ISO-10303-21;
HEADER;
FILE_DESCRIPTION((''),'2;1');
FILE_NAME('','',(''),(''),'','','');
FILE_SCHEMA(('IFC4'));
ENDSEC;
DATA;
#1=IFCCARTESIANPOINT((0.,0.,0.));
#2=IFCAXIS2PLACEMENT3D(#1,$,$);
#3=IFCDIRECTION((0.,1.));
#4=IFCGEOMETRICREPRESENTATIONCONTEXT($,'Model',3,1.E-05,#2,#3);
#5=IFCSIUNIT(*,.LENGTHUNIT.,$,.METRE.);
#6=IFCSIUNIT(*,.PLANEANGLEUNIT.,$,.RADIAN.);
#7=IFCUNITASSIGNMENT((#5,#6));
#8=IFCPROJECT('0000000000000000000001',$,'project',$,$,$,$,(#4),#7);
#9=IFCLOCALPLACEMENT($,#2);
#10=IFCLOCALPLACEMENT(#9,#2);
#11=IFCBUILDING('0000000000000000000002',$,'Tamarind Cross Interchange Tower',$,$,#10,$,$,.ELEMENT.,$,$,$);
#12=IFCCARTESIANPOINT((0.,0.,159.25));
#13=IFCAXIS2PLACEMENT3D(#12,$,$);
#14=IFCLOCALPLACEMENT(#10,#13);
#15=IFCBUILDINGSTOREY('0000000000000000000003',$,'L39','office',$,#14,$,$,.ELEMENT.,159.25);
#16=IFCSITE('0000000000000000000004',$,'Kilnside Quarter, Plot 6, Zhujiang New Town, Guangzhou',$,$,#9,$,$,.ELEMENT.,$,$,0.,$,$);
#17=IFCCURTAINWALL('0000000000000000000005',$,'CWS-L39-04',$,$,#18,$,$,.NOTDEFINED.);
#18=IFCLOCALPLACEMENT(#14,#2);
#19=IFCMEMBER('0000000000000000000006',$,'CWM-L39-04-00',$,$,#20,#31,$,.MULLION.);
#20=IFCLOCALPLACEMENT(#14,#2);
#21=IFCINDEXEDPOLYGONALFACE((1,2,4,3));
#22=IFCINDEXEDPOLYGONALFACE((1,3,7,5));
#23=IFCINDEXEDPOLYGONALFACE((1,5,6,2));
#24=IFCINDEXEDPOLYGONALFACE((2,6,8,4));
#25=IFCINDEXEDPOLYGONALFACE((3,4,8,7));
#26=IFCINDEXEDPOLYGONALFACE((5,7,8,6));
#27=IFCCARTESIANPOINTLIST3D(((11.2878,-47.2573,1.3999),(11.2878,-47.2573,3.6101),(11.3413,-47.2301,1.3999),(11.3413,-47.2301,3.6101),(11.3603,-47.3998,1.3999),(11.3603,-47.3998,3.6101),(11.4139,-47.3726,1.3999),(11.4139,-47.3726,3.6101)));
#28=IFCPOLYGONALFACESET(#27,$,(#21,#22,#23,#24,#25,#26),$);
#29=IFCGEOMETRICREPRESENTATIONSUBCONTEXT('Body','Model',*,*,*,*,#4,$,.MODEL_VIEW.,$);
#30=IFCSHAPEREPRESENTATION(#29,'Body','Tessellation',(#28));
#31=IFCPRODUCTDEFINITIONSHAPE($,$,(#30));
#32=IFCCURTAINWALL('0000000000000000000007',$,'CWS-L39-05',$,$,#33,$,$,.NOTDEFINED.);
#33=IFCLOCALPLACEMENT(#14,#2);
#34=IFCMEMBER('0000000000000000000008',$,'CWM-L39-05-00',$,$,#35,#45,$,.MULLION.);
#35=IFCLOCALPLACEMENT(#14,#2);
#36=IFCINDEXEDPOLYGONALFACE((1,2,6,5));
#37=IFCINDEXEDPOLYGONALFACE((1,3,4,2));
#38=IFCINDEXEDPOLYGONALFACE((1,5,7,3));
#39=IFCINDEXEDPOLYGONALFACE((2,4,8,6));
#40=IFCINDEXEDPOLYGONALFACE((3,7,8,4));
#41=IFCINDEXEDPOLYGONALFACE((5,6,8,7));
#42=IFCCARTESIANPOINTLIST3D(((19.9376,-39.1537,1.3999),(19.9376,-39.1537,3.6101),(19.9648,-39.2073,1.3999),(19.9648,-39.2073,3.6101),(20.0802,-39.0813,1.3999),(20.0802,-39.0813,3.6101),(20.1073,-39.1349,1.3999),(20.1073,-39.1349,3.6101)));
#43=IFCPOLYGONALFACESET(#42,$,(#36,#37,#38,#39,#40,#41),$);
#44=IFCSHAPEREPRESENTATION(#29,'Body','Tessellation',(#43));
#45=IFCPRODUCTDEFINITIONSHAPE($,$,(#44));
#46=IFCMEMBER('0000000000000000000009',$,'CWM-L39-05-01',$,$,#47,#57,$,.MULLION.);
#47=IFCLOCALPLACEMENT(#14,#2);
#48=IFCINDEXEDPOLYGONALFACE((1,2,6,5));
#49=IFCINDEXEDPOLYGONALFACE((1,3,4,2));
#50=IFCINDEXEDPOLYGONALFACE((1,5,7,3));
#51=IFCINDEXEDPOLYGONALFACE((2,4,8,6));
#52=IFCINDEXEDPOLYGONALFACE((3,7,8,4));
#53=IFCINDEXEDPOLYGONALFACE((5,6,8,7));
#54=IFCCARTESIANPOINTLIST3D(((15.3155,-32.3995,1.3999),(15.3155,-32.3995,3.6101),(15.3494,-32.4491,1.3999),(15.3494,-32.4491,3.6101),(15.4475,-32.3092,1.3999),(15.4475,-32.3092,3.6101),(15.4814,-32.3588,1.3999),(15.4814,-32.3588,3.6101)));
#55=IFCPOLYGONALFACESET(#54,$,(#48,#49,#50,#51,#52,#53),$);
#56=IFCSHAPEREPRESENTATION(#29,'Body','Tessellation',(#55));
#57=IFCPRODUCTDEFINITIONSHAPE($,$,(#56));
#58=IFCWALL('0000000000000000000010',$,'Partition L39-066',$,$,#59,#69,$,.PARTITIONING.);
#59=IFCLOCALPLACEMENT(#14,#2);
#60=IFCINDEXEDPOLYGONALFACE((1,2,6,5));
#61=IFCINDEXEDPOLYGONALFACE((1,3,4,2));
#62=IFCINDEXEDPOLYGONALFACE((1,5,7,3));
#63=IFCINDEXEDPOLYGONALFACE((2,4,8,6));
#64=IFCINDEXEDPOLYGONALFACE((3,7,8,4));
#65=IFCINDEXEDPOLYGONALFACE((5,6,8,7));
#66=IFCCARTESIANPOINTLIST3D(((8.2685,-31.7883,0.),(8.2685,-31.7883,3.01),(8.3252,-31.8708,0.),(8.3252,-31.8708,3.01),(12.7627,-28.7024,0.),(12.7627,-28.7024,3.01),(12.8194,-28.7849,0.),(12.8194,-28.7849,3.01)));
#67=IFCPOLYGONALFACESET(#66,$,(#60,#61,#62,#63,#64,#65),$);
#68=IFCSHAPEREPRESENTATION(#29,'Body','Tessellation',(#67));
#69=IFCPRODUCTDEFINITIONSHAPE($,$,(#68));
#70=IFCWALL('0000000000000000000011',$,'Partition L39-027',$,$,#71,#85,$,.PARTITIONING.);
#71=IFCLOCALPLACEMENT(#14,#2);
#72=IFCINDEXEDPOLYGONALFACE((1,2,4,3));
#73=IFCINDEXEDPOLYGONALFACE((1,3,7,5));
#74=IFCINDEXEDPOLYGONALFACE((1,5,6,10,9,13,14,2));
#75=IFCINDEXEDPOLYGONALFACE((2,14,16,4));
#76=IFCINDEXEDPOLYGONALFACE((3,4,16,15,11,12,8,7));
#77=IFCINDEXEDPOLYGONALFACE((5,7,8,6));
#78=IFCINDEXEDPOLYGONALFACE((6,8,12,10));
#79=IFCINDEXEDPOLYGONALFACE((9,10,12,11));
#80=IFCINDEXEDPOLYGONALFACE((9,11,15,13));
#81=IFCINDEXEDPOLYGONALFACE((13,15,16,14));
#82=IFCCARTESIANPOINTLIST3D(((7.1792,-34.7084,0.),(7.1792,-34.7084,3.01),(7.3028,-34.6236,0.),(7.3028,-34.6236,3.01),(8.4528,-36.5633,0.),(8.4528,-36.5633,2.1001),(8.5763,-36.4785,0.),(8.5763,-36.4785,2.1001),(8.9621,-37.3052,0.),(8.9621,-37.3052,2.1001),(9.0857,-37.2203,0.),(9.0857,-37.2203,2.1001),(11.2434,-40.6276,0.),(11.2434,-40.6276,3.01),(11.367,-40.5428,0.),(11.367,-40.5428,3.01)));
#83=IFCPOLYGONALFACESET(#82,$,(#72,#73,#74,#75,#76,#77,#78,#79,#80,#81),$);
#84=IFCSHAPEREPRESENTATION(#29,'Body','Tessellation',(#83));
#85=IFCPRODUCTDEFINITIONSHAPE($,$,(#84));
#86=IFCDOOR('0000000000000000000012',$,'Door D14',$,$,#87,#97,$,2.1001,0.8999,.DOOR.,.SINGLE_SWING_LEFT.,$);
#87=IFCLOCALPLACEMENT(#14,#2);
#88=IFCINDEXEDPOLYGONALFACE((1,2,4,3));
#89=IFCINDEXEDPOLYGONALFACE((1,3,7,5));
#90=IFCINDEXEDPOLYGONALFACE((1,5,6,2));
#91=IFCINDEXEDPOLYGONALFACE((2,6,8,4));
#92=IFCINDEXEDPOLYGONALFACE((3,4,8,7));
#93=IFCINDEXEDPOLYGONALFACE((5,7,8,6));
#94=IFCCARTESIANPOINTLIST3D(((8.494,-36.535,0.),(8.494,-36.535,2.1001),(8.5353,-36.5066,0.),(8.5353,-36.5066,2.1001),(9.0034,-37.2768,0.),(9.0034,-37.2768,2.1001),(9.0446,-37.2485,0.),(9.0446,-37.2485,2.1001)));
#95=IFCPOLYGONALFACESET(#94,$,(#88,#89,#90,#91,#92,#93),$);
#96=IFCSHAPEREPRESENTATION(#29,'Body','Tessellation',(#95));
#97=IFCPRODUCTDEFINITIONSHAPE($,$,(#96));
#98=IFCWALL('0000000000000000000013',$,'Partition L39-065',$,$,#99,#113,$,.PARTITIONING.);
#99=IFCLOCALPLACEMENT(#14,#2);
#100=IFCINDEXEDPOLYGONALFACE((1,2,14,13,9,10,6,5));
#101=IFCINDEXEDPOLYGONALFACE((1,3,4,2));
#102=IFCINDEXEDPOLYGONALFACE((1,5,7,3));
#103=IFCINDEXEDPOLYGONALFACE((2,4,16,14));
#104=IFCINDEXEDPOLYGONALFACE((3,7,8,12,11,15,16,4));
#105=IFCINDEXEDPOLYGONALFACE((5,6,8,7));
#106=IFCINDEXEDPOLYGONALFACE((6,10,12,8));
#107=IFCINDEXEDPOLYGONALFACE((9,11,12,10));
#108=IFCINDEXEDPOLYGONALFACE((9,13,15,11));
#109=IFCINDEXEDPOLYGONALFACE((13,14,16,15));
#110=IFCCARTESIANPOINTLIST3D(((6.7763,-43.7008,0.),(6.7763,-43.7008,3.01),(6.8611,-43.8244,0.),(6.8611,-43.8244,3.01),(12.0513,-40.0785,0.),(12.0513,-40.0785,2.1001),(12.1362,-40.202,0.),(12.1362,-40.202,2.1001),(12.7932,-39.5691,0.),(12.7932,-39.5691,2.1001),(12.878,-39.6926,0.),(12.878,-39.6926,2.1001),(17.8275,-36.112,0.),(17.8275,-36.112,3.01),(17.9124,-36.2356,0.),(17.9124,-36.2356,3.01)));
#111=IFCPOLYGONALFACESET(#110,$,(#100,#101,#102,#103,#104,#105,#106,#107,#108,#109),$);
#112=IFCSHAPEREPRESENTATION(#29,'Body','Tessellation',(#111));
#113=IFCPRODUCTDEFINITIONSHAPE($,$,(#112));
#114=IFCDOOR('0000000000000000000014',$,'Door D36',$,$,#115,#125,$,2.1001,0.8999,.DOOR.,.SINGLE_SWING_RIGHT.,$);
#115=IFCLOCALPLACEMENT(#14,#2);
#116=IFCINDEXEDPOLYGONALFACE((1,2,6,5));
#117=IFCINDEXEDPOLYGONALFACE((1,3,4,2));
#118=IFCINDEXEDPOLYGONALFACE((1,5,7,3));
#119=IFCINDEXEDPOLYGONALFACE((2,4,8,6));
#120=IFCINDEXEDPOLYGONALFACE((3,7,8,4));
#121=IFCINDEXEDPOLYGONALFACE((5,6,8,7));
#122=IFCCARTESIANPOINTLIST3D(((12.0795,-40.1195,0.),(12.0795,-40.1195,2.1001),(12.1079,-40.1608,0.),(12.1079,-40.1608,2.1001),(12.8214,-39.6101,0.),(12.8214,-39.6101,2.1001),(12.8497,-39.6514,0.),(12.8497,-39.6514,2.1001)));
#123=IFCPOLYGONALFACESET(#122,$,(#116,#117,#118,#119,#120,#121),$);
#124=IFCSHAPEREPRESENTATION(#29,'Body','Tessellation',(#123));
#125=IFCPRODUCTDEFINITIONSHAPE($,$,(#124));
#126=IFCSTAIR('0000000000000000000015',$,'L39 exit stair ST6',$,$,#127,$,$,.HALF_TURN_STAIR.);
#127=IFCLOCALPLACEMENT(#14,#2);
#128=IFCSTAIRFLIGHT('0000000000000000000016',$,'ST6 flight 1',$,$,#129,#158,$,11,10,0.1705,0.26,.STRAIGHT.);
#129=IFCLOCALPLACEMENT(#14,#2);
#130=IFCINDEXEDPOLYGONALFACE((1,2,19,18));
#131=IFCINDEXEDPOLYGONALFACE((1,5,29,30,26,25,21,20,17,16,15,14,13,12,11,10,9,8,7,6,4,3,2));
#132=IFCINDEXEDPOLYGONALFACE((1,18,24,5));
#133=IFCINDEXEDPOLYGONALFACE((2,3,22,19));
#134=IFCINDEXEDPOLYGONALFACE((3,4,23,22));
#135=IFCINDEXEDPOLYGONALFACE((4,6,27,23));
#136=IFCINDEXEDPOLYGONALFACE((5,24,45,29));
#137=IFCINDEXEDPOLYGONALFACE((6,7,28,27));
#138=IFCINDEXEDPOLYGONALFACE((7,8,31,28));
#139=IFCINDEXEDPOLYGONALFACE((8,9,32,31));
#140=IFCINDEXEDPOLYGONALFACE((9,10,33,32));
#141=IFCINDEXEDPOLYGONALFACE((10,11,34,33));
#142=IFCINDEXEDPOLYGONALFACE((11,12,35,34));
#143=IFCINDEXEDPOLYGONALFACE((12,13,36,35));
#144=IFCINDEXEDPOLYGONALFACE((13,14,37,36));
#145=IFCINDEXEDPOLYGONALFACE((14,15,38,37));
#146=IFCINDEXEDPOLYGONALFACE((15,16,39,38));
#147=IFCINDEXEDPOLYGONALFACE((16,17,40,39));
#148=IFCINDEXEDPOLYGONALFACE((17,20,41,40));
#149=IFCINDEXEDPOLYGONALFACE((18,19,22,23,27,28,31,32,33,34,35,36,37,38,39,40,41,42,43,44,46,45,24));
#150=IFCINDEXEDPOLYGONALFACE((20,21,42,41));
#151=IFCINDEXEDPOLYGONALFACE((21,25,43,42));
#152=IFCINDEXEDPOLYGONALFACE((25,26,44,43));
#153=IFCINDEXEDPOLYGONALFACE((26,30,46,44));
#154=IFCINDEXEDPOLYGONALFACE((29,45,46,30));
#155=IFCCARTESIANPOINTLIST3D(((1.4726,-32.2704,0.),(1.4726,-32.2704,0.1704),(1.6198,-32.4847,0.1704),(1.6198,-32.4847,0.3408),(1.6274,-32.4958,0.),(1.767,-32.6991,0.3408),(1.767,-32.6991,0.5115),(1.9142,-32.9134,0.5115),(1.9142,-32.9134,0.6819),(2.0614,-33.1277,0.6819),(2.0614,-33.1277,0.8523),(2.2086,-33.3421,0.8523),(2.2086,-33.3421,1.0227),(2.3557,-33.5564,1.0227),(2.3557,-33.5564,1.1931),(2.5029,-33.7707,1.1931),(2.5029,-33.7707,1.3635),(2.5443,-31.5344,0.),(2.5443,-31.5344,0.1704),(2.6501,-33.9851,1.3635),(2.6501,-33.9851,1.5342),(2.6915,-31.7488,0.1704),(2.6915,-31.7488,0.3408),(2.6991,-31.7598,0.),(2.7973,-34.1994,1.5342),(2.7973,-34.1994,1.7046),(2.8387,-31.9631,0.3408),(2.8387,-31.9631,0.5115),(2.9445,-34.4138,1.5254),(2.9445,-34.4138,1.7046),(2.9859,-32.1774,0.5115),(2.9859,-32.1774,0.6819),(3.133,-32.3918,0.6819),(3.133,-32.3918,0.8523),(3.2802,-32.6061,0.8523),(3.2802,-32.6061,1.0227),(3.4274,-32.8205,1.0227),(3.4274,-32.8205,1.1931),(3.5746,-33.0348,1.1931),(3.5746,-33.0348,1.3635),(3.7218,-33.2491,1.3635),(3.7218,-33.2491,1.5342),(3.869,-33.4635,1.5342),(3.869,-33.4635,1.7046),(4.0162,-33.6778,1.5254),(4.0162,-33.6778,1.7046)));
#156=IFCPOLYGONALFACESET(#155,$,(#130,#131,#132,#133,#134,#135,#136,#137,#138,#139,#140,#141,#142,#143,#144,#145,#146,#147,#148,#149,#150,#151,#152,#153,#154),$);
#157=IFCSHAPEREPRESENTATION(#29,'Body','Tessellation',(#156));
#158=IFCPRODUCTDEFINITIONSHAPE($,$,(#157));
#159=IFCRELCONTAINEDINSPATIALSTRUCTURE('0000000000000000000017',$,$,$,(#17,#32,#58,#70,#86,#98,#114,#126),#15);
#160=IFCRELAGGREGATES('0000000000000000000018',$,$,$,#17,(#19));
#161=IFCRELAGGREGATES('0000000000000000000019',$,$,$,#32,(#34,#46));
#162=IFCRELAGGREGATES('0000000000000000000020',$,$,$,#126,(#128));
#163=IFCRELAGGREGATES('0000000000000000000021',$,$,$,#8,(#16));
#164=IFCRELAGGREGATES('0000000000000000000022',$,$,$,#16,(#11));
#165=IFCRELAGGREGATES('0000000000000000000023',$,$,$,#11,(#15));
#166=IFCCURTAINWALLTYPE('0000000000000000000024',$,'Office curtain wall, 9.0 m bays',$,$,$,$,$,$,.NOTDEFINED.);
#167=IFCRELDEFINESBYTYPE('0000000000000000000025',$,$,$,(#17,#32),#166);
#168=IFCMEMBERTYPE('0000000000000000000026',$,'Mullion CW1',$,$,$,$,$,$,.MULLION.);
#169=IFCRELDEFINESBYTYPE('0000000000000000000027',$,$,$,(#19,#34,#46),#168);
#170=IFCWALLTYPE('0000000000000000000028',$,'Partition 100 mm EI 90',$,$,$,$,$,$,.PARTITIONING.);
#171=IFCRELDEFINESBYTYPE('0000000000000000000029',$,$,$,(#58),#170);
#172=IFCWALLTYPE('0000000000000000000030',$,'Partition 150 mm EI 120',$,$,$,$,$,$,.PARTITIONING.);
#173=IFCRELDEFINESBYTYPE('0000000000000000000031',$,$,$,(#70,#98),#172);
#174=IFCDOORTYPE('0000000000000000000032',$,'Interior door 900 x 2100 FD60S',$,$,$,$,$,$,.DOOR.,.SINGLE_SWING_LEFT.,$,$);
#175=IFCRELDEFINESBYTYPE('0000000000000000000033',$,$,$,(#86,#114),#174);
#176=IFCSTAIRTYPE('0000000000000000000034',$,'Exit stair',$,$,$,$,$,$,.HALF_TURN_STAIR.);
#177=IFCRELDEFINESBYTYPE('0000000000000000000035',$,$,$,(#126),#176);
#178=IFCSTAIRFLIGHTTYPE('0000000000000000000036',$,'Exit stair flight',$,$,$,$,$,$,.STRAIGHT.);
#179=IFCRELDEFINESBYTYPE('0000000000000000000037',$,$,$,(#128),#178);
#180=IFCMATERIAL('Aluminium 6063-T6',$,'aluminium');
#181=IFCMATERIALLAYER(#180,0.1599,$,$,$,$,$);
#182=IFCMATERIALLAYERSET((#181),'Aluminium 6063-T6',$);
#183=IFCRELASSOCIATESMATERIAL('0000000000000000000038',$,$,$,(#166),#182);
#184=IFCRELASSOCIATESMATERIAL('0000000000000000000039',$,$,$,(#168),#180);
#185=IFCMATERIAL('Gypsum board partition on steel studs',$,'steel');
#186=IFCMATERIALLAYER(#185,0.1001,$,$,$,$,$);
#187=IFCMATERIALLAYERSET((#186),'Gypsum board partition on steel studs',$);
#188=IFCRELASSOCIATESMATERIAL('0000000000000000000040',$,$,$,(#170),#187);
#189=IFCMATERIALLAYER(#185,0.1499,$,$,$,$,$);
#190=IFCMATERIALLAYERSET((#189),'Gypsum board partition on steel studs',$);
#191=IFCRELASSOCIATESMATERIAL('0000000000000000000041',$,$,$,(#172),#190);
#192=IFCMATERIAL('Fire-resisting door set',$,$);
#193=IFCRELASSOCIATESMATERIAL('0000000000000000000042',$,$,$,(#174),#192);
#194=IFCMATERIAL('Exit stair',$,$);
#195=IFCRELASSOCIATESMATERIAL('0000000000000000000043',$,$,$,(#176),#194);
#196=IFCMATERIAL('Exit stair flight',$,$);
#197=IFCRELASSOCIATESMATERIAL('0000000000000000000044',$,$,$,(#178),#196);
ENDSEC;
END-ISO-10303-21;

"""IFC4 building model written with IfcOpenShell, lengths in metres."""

from ifc_helpers import new_model, si_unit, direction, frame, frame_2d, origin, origin_2d, place, context, subcontext, project, spatial, polyline, rectangle, outline, extrude, material, layer, layer_set, material_profile, profile_set, type_object, element, fill, aggregate, save


model = new_model("IFC4")

# Units and contexts
model_context = context("Model", 3, precision=1e-05, world=origin(), true_north=direction((0.0, 1.0)))
body_context = subcontext(model_context, "Body", "Model", "MODEL_VIEW")
ifc_project = project(units=[si_unit("LENGTHUNIT", "METRE"), si_unit("PLANEANGLEUNIT", "RADIAN")], contexts=[model_context])

# Site, building, storey
site_placement = place(None, origin())
site = spatial("IfcSite", under=ifc_project, at=site_placement, Name="Kilnside Quarter, Plot 6, Zhujiang New Town, Guangzhou", CompositionType="ELEMENT", RefElevation=0.0)
building_placement = place(site_placement, origin())
building = spatial("IfcBuilding", under=site, at=building_placement, Name="Tamarind Cross Interchange Tower", CompositionType="ELEMENT")
storey_placement = place(building_placement, frame((0.0, 0.0, 159.25)))
storey = spatial("IfcBuildingStorey", under=building, at=storey_placement, Name="L39", Description="office", CompositionType="ELEMENT", Elevation=159.25)

# Curtain wall, member
ifc_material_1 = material(Name="Aluminium 6063-T6", Category="aluminium")
ifc_layer_1 = layer(ifc_material_1, 0.1599)
ifc_layer_set_1 = layer_set([ifc_layer_1], Name="Aluminium 6063-T6")
curtain_wall_type = type_object("IfcCurtainWallType", Name="Office curtain wall, 9.0 m bays", PredefinedType="NOTDEFINED", material=ifc_layer_set_1)
ifc_material_profile_1 = material_profile(ifc_material_1, rectangle(XDim=0.0601, YDim=0.1599, at=origin_2d()), Name="Mullion CW1")
ifc_profile_set_1 = profile_set([ifc_material_profile_1], Name="Aluminium 6063-T6")
member_type = type_object("IfcMemberType", Name="Mullion CW1", PredefinedType="MULLION", material=ifc_profile_set_1)
curtain_wall_1_placement = place(storey_placement, origin())
curtain_wall_1 = element("IfcCurtainWall", 1, at=curtain_wall_1_placement, inside=storey, type_object=curtain_wall_type, Name="CWS-L39-04", PredefinedType="NOTDEFINED")
member_1_placement = place(storey_placement, frame((11.3508, -47.3149, 1.3999), z_axis=(0.0, 0.0, 1.0), x_axis=(0.891178, 0.453655, 0.0)))
member_1 = element("IfcMember", 2, at=member_1_placement, type_object=member_type, Name="CWM-L39-04-00", PredefinedType="MULLION", context=body_context, shape_type="SweptSolid", body=[
    extrude(rectangle(XDim=0.0601, YDim=0.1599, at=origin_2d()), origin(), (0.0, 0.0, 1.0), 2.2102),
])
aggregate(curtain_wall_1, [member_1])

# Curtain wall, members
curtain_wall_2_placement = place(storey_placement, origin())
curtain_wall_2 = element("IfcCurtainWall", 3, at=curtain_wall_2_placement, inside=storey, type_object=curtain_wall_type, Name="CWS-L39-05", PredefinedType="NOTDEFINED")
member_2_placement = place(storey_placement, frame((20.0225, -39.1443, 1.3999), z_axis=(0.0, 0.0, 1.0), x_axis=(-0.452685, 0.891671, 0.0)))
member_2 = element("IfcMember", 4, at=member_2_placement, type_object=member_type, Name="CWM-L39-05-00", PredefinedType="MULLION", context=body_context, shape_type="SweptSolid", body=[
    extrude(rectangle(XDim=0.0601, YDim=0.1599, at=origin_2d()), origin(), (0.0, 0.0, 1.0), 2.2102),
])
member_3_placement = place(storey_placement, frame((15.3984, -32.3792, 1.3999), z_axis=(0.0, 0.0, 1.0), x_axis=(-0.564301, 0.825569, 0.0)))
member_3 = element("IfcMember", 5, at=member_3_placement, type_object=member_type, Name="CWM-L39-05-01", PredefinedType="MULLION", context=body_context, shape_type="SweptSolid", body=[
    extrude(rectangle(XDim=0.0601, YDim=0.1599, at=origin_2d()), origin(), (0.0, 0.0, 1.0), 2.2102),
])
aggregate(curtain_wall_2, [member_2, member_3])

# Wall
ifc_material_2 = material(Name="Gypsum board partition on steel studs", Category="steel")
ifc_layer_2 = layer(ifc_material_2, 0.1001)
ifc_layer_set_2 = layer_set([ifc_layer_2], Name="Gypsum board partition on steel studs")
wall_type_1 = type_object("IfcWallType", Name="Partition 100 mm EI 90", PredefinedType="PARTITIONING", material=ifc_layer_set_2)
wall_1_placement = place(storey_placement, frame((8.2969, -31.8296, 0.0), z_axis=(0.0, 0.0, 1.0), x_axis=(0.824366, 0.566057, 0.0)))
element("IfcWall", 6, at=wall_1_placement, inside=storey, type_object=wall_type_1, Name="Partition L39-066", PredefinedType="PARTITIONING", context=body_context, shape_type="SweptSolid", body=[
    extrude(rectangle(XDim=5.4517, YDim=0.1001, at=frame_2d((2.7258, 0.0))), origin(), (0.0, 0.0, 1.0), 3.01),
])

# Walls, openings, doors
ifc_layer_3 = layer(ifc_material_2, 0.1499)
ifc_layer_set_3 = layer_set([ifc_layer_3], Name="Gypsum board partition on steel studs")
wall_type_2 = type_object("IfcWallType", Name="Partition 150 mm EI 120", PredefinedType="PARTITIONING", material=ifc_layer_set_3)
wall_2_placement = place(storey_placement, frame((7.241, -34.666, 0.0), z_axis=(0.0, 0.0, 1.0), x_axis=(0.566034, -0.824382, 0.0)))
wall_2 = element("IfcWall", 7, at=wall_2_placement, inside=storey, type_object=wall_type_2, Name="Partition L39-027", PredefinedType="PARTITIONING", context=body_context, shape_type="SweptSolid", body=[
    extrude(rectangle(XDim=7.1802, YDim=0.1499, at=frame_2d((3.5901, 0.0))), origin(), (0.0, 0.0, 1.0), 3.01),
])
opening_1_placement = place(wall_2_placement, frame((2.25, 0.0, 0.0)))
opening_1 = element("IfcOpeningElement", 8, at=opening_1_placement, cuts=wall_2, PredefinedType="OPENING", context=body_context, shape_type="SweptSolid", body=[
    extrude(rectangle(XDim=0.8999, YDim=2.1001, at=frame_2d((0.45, 1.05))), frame((0.0, 0.085, 0.0), z_axis=(0.0, -1.0, 0.0), x_axis=(1.0, 0.0, 0.0)), (0.0, 0.0, 1.0), 0.1699),
])
ifc_material_3 = material(Name="Fire-resisting door set")
door_type = type_object("IfcDoorType", Name="Interior door 900 x 2100 FD60S", OperationType="SINGLE_SWING_LEFT", PredefinedType="DOOR", material=ifc_material_3)
door_1_placement = place(opening_1_placement, frame((0.8999, 0.0, 0.0), z_axis=(0.0, 0.0, 1.0), x_axis=(-1.0, 0.0, 0.0)))
door_1 = element("IfcDoor", 9, at=door_1_placement, inside=storey, type_object=door_type, Name="Door D14", OperationType="SINGLE_SWING_LEFT", OverallHeight=2.1001, OverallWidth=0.8999, PredefinedType="DOOR", context=body_context, shape_type="SweptSolid", body=[
    extrude(rectangle(XDim=0.8999, YDim=2.1001, at=frame_2d((0.45, 1.05))), frame((0.0, 0.0249, 0.0), z_axis=(0.0, -1.0, 0.0), x_axis=(1.0, 0.0, 0.0)), (0.0, 0.0, 1.0), 0.05),
])
fill(opening_1, door_1)
wall_3_placement = place(storey_placement, frame((6.8186, -43.7627, 0.0), z_axis=(0.0, 0.0, 1.0), x_axis=(0.824351, 0.566079, 0.0)))
wall_3 = element("IfcWall", 10, at=wall_3_placement, inside=storey, type_object=wall_type_2, Name="Partition L39-065", PredefinedType="PARTITIONING", context=body_context, shape_type="SweptSolid", body=[
    extrude(rectangle(XDim=13.406, YDim=0.1499, at=frame_2d((6.7031, 0.0))), origin(), (0.0, 0.0, 1.0), 3.01),
])
opening_2_placement = place(wall_3_placement, frame((6.3992, 0.0, 0.0)))
opening_2 = element("IfcOpeningElement", 11, at=opening_2_placement, cuts=wall_3, PredefinedType="OPENING", context=body_context, shape_type="SweptSolid", body=[
    extrude(rectangle(XDim=0.8999, YDim=2.1001, at=frame_2d((0.45, 1.05))), frame((0.0, 0.085, 0.0), z_axis=(0.0, -1.0, 0.0), x_axis=(1.0, 0.0, 0.0)), (0.0, 0.0, 1.0), 0.1699),
])
door_2_placement = place(opening_2_placement, frame((0.8999, 0.0, 0.0), z_axis=(0.0, 0.0, 1.0), x_axis=(-1.0, 0.0, 0.0)))
door_2 = element("IfcDoor", 12, at=door_2_placement, inside=storey, type_object=door_type, Name="Door D36", OperationType="SINGLE_SWING_RIGHT", OverallHeight=2.1001, OverallWidth=0.8999, PredefinedType="DOOR", context=body_context, shape_type="SweptSolid", body=[
    extrude(rectangle(XDim=0.8999, YDim=2.1001, at=frame_2d((0.45, 1.05))), frame((0.0, 0.0249, 0.0), z_axis=(0.0, -1.0, 0.0), x_axis=(1.0, 0.0, 0.0)), (0.0, 0.0, 1.0), 0.05),
])
fill(opening_2, door_2)

# Stair, stair flight
ifc_material_4 = material(Name="Exit stair")
stair_type = type_object("IfcStairType", Name="Exit stair", PredefinedType="HALF_TURN_STAIR", material=ifc_material_4)
stair_placement = place(storey_placement, origin())
stair = element("IfcStair", 13, at=stair_placement, inside=storey, type_object=stair_type, Name="L39 exit stair ST6", PredefinedType="HALF_TURN_STAIR")
ifc_material_5 = material(Name="Exit stair flight")
stair_flight_type = type_object("IfcStairFlightType", Name="Exit stair flight", PredefinedType="STRAIGHT", material=ifc_material_5)
stair_flight_1_placement = place(storey_placement, frame((2.0085, -31.9023, 0.0), z_axis=(0.0, 0.0, 1.0), x_axis=(0.566096, -0.82434, 0.0)))
stair_flight_1 = element("IfcStairFlight", 14, at=stair_flight_1_placement, type_object=stair_flight_type, Name="ST6 flight 1", NumberOfRisers=11, NumberOfTreads=10, PredefinedType="STRAIGHT", RiserHeight=0.1705, TreadLength=0.26, context=body_context, shape_type="SweptSolid", body=[
    extrude(outline(polyline([(0.0, 0.0), (0.0, 0.1704), (0.26, 0.1704), (0.26, 0.3408), (0.52, 0.3408), (0.52, 0.5115), (0.78, 0.5115), (0.78, 0.6819), (1.04, 0.6819), (1.04, 0.8523), (1.3, 0.8523), (1.3, 1.0227), (1.5601, 1.0227), (1.5601, 1.1931), (1.8201, 1.1931), (1.8201, 1.3635), (2.0801, 1.3635), (2.0801, 1.5342), (2.3401, 1.5342), (2.3401, 1.7046), (2.6001, 1.7046), (2.6001, 1.875), (2.6001, 1.5254), (0.2734, 0.0), (0.0, 0.0)])), frame((0.0, 0.6499, 0.0), z_axis=(0.0, -1.0, 0.0), x_axis=(1.0, 0.0, 0.0)), (0.0, 0.0, 1.0), 1.3),
])
aggregate(stair, [stair_flight_1])

save(model, "model.ifc")
